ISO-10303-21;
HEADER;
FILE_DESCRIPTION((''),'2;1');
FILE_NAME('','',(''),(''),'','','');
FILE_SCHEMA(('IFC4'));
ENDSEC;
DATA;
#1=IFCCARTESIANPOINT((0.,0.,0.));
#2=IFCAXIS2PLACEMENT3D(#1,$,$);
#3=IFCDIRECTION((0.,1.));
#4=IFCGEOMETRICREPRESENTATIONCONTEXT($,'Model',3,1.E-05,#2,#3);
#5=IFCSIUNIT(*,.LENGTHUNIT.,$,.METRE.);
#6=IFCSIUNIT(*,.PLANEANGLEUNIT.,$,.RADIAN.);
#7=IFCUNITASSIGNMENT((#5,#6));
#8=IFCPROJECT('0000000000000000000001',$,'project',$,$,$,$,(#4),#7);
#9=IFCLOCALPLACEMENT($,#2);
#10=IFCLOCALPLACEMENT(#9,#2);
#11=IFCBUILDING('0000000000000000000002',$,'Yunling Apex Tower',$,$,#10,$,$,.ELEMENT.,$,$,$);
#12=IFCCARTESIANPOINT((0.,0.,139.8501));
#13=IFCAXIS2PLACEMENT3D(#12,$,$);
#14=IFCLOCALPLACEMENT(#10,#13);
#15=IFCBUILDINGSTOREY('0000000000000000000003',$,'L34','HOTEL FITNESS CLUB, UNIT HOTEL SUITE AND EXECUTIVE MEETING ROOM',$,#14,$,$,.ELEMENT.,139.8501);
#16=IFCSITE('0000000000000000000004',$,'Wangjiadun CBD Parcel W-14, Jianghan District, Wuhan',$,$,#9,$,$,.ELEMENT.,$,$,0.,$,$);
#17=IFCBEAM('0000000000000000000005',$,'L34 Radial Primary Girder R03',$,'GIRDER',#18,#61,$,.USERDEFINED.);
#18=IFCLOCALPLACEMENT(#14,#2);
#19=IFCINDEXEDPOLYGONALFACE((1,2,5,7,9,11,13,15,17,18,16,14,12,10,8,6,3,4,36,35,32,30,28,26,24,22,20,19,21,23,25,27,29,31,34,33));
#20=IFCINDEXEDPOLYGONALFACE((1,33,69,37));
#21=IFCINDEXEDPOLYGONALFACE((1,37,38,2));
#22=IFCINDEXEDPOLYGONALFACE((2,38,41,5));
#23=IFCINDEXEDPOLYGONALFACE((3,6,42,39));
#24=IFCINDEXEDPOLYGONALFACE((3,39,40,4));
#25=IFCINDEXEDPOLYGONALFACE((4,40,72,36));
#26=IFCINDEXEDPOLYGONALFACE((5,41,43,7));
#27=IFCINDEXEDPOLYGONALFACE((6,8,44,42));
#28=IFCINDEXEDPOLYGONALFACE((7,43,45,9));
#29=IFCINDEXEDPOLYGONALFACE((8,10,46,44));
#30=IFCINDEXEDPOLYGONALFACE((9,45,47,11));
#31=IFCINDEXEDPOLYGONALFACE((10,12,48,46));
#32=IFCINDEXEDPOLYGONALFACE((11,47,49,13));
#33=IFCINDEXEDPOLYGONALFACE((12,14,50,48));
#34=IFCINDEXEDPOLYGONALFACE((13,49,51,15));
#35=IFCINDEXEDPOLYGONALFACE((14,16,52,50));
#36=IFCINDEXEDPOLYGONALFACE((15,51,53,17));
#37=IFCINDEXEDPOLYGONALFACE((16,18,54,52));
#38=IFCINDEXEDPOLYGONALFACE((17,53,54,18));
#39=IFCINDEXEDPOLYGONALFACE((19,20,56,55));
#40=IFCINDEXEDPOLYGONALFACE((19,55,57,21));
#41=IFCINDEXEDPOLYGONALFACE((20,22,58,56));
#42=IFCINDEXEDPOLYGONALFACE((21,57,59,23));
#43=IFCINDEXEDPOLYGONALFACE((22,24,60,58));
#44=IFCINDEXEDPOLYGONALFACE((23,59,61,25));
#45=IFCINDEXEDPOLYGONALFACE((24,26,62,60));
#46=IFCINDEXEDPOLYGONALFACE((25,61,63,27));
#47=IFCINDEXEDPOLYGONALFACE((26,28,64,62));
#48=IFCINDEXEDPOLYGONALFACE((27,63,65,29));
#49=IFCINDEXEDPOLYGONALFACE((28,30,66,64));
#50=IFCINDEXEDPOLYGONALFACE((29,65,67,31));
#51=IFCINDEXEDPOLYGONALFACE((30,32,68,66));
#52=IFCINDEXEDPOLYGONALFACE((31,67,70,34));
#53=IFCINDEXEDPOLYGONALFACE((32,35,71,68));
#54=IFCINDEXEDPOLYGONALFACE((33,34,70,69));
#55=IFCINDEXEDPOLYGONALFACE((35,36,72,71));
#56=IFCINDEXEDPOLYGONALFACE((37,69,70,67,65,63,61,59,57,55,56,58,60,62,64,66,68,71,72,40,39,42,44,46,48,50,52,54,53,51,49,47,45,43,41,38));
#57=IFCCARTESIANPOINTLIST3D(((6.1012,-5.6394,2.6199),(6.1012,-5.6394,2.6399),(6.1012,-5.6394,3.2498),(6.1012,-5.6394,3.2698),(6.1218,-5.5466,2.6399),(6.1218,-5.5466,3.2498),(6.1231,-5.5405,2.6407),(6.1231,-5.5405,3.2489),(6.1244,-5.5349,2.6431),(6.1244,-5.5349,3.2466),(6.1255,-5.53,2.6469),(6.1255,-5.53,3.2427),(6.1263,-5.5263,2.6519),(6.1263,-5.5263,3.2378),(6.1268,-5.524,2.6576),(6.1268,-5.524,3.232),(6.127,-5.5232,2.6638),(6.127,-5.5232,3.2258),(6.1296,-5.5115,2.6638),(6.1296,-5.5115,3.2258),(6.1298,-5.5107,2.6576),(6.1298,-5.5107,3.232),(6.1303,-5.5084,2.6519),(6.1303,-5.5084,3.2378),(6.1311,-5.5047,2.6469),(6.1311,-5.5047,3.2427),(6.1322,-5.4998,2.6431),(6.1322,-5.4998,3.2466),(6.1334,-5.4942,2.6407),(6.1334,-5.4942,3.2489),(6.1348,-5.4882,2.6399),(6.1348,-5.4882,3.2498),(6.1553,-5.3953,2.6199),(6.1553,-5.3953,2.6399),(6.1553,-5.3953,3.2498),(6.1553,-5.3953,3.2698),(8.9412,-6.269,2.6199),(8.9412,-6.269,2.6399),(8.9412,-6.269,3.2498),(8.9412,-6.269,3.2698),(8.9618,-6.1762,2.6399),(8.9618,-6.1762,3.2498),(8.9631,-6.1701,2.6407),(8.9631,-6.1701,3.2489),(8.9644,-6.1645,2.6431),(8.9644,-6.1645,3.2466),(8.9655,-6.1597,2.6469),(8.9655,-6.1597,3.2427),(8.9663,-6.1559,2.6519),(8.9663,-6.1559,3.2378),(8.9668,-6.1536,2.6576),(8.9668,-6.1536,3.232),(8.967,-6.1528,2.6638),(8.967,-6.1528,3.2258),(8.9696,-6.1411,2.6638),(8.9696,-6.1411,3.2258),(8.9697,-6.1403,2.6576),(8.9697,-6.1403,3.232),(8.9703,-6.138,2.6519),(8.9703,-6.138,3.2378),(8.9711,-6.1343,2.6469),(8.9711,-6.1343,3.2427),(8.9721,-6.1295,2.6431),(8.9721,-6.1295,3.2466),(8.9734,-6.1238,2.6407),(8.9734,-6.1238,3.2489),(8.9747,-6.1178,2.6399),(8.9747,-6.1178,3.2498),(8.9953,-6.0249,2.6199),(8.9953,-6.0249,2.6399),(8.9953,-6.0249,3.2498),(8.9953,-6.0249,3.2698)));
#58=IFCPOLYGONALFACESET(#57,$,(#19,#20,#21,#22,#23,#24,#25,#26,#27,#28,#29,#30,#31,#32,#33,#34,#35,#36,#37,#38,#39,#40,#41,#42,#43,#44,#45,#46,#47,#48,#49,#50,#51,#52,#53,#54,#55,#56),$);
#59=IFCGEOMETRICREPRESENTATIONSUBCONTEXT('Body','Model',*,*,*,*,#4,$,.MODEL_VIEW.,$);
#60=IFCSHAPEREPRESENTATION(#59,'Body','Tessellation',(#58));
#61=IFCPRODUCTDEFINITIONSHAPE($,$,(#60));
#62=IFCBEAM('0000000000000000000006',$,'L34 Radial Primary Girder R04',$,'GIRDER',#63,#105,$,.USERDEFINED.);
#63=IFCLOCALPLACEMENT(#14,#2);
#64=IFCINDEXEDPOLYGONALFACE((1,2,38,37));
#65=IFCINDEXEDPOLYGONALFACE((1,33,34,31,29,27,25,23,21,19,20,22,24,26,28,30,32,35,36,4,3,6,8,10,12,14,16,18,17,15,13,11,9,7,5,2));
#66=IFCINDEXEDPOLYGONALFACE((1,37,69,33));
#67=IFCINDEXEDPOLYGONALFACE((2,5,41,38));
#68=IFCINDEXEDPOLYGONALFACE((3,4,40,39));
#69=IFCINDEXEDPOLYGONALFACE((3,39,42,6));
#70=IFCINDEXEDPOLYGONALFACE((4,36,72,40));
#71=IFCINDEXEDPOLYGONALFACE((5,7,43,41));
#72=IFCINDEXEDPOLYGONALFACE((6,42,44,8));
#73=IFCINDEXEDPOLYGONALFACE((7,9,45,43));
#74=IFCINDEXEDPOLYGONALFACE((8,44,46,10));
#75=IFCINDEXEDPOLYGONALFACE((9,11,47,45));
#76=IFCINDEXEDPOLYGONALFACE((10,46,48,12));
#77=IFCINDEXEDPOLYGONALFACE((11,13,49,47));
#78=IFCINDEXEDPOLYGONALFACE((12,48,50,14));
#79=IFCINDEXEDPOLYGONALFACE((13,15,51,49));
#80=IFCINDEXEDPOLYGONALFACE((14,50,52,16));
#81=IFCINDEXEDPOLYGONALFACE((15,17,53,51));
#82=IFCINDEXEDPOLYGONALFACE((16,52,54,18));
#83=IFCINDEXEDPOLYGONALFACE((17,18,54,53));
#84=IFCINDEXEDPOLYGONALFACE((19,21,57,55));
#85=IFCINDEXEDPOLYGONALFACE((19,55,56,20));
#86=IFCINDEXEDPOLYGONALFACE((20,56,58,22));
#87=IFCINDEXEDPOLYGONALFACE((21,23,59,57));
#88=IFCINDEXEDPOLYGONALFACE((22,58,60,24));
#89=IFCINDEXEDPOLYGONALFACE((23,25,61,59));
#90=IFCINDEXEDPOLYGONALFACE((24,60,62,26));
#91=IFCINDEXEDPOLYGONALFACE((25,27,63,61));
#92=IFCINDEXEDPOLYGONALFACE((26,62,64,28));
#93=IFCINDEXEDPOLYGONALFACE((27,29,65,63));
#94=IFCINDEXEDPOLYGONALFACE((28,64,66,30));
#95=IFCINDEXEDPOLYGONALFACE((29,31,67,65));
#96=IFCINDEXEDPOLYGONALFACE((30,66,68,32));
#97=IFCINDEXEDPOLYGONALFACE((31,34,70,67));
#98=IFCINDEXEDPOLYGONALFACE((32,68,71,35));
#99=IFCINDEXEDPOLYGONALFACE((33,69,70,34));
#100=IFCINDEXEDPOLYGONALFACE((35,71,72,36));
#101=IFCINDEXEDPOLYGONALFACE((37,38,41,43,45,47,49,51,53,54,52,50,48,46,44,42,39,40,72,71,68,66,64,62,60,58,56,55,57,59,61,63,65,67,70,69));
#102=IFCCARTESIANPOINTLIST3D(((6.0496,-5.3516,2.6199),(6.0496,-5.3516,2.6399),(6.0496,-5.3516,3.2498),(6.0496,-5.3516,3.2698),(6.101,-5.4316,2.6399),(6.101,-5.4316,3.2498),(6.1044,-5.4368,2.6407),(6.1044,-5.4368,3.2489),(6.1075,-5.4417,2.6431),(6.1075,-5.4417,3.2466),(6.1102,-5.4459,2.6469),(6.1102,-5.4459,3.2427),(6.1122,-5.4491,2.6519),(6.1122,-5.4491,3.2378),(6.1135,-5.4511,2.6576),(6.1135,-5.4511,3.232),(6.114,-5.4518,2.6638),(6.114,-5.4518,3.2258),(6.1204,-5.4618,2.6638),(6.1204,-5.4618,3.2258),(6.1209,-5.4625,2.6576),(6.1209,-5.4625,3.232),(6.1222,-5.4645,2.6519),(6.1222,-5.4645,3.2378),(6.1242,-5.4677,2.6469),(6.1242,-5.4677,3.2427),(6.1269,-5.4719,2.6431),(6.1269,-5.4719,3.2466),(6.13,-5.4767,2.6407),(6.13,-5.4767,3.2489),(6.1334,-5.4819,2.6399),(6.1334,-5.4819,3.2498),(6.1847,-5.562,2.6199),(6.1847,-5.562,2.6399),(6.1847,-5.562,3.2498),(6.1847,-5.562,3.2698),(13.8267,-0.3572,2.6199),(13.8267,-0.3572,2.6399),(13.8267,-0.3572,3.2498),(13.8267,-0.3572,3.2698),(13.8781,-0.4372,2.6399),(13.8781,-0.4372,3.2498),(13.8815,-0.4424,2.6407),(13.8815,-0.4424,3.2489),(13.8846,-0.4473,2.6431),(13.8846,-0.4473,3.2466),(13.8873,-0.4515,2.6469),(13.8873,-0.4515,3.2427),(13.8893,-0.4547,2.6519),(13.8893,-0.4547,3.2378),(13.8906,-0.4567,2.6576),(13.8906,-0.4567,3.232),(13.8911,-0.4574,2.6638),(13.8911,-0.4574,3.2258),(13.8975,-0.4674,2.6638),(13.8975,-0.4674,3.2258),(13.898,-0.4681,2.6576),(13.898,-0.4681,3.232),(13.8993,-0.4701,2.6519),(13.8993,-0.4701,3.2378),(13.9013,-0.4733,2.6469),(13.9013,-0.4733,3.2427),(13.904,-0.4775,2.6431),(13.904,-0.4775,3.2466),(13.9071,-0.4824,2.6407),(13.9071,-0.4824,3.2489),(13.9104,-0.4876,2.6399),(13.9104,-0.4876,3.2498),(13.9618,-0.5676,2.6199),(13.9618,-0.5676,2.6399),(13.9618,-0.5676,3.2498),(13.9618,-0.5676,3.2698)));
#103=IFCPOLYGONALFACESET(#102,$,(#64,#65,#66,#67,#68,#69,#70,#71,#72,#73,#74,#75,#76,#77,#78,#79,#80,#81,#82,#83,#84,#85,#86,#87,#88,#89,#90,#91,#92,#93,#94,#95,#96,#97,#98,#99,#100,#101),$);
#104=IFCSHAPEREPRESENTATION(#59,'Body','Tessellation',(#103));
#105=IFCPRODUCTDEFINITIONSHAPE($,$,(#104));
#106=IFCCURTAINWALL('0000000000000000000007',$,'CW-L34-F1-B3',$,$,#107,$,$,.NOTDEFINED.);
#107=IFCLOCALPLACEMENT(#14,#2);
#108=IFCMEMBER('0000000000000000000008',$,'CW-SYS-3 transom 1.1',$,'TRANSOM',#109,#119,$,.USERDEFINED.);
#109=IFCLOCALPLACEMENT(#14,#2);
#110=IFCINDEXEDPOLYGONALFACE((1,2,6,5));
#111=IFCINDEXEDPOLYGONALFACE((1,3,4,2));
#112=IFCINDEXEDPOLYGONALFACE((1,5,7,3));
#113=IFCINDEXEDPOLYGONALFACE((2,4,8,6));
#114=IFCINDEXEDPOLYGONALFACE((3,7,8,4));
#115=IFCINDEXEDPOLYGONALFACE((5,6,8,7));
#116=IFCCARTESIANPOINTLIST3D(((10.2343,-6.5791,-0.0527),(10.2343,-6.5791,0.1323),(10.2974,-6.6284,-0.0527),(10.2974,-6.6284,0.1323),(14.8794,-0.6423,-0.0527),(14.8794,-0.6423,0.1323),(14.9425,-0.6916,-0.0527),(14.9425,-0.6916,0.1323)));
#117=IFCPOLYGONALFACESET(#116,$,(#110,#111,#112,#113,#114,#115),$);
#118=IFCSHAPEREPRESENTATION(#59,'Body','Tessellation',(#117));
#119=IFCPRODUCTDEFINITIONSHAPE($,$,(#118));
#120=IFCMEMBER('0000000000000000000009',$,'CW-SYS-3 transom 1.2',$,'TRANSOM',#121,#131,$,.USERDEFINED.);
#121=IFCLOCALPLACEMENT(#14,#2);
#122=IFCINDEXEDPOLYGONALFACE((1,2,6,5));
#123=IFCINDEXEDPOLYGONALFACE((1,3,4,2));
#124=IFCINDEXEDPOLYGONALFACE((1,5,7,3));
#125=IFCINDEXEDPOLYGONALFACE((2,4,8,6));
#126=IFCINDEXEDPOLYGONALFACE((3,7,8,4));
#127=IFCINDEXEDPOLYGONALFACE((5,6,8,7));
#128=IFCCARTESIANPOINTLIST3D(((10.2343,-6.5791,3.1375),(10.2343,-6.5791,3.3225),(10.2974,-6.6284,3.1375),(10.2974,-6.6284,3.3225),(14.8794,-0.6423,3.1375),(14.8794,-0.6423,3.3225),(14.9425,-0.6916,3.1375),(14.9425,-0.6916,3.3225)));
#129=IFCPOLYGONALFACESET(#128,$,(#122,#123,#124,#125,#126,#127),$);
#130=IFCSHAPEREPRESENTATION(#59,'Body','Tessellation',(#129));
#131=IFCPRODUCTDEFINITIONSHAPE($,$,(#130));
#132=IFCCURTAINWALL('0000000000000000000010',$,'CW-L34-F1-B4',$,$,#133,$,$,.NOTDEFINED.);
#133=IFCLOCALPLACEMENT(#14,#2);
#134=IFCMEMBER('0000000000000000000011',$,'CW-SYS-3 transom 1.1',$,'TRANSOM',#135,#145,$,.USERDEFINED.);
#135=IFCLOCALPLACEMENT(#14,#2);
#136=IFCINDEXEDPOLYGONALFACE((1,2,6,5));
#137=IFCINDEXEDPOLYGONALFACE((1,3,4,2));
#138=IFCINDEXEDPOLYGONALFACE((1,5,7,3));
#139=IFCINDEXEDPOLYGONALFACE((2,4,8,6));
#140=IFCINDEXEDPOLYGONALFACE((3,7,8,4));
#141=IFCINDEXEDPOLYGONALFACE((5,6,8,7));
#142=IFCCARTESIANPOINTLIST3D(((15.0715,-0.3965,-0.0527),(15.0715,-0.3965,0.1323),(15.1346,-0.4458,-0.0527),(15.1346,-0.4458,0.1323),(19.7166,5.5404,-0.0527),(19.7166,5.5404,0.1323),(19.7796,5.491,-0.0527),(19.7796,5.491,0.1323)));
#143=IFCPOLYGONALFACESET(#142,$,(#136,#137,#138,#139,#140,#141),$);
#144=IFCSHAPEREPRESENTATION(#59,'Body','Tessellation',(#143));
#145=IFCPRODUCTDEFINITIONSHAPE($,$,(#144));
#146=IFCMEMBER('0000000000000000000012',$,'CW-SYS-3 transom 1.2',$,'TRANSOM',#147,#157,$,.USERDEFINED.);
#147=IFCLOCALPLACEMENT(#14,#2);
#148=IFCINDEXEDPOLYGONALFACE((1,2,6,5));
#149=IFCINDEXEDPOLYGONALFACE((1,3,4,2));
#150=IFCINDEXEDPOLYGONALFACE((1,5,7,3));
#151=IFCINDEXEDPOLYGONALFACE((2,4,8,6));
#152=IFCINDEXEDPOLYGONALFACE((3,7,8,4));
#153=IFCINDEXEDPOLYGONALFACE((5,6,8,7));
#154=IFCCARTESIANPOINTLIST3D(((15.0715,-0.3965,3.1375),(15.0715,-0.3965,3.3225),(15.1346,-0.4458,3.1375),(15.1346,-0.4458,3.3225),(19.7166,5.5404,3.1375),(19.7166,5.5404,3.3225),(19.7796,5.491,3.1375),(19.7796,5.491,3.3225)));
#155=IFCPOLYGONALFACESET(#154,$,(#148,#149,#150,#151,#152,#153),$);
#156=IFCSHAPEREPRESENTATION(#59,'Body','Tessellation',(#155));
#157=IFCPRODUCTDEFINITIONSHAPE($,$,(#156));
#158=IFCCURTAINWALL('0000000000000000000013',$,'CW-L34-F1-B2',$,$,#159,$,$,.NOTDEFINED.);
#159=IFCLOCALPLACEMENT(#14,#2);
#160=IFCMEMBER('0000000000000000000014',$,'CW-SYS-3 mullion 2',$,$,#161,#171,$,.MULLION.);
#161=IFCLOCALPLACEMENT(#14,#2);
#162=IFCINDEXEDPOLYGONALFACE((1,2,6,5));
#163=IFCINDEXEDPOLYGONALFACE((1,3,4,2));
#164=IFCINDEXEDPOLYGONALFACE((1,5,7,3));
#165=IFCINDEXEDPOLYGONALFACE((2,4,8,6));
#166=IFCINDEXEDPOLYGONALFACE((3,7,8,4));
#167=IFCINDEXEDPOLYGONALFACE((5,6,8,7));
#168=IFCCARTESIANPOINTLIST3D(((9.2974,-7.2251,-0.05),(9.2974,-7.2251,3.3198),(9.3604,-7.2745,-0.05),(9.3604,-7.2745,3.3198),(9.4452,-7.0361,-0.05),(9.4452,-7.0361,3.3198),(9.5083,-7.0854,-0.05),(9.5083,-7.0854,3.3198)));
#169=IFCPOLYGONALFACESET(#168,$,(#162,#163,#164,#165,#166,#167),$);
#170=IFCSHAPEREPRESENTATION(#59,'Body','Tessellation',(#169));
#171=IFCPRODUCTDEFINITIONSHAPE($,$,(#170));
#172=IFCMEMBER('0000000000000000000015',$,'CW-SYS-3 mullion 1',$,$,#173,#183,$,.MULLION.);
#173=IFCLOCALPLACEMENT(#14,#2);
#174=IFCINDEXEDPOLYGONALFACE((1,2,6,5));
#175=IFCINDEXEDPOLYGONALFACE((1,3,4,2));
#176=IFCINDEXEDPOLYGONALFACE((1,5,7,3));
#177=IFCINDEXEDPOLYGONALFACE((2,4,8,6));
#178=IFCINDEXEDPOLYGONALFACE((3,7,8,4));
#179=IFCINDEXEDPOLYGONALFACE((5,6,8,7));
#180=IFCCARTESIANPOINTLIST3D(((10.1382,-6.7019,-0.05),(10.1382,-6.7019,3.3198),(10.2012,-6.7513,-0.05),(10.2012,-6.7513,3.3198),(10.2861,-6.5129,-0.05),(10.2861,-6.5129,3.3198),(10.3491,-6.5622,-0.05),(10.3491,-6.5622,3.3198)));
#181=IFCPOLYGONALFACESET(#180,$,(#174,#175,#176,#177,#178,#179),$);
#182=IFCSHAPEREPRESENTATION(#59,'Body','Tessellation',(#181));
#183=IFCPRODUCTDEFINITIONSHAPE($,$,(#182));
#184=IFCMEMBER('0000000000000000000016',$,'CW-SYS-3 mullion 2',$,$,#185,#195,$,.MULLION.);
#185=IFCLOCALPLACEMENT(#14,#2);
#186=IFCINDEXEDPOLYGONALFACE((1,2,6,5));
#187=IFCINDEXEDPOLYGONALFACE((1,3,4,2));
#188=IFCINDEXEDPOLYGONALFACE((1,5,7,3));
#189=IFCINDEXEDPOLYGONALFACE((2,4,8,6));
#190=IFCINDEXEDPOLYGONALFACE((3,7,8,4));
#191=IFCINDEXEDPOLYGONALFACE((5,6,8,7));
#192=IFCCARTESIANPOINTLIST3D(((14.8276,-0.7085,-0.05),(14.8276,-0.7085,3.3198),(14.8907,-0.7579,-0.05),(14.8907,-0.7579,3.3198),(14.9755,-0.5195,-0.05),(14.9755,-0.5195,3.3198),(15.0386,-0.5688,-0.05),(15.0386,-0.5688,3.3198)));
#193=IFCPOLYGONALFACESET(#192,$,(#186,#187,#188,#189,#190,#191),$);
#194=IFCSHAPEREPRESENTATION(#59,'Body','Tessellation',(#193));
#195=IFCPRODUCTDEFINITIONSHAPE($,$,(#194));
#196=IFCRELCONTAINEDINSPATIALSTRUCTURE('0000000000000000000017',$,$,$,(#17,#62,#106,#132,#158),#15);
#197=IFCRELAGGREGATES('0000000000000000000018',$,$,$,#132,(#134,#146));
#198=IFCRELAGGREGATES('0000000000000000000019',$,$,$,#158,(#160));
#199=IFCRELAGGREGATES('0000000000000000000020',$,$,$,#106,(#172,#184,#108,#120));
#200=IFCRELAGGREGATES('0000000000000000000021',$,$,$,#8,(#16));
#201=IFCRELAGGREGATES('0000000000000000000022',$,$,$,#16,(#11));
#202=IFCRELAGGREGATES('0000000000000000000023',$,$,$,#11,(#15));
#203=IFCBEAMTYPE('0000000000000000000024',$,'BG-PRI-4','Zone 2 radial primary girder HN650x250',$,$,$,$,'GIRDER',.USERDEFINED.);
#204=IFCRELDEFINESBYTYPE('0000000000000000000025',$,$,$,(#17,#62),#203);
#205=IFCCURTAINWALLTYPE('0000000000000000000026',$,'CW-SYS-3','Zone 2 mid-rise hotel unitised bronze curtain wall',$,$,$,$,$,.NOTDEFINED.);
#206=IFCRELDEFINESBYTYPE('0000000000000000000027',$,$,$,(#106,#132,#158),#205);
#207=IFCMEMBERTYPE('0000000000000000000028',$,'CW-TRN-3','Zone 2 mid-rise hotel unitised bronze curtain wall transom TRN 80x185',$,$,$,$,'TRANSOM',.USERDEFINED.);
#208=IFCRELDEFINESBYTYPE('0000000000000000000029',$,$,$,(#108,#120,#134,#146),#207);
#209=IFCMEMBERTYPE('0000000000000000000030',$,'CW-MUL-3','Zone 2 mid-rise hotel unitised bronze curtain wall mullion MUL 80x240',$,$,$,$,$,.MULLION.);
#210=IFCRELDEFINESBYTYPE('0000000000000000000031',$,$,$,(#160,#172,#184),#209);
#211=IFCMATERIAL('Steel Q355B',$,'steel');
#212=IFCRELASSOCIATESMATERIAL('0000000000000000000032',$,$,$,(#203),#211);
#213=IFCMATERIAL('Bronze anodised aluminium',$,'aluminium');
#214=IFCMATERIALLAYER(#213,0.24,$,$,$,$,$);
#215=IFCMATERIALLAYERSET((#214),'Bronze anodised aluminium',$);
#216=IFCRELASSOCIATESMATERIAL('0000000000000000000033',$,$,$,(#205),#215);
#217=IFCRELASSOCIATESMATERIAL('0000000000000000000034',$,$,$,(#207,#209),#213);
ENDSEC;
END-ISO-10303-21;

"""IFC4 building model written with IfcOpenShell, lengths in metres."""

from ifc_helpers import new_model, si_unit, direction, frame, origin, origin_2d, place, context, subcontext, project, spatial, rectangle, i_section, extrude, source, transform, mapped, material, layer, layer_set, material_profile, profile_set, type_object, element, aggregate, save


model = new_model("IFC4")

# Units and contexts
model_context = context("Model", 3, precision=1e-05, world=origin(), true_north=direction((0.0, 1.0)))
body_context = subcontext(model_context, "Body", "Model", "MODEL_VIEW")
ifc_project = project(units=[si_unit("LENGTHUNIT", "METRE"), si_unit("PLANEANGLEUNIT", "RADIAN")], contexts=[model_context])

# Site, building, storey
site_placement = place(None, origin())
site = spatial("IfcSite", under=ifc_project, at=site_placement, Name="Wangjiadun CBD Parcel W-14, Jianghan District, Wuhan", CompositionType="ELEMENT", RefElevation=0.0)
building_placement = place(site_placement, origin())
building = spatial("IfcBuilding", under=site, at=building_placement, Name="Yunling Apex Tower", CompositionType="ELEMENT")
storey_placement = place(building_placement, frame((0.0, 0.0, 139.8501)))
storey = spatial("IfcBuildingStorey", under=building, at=storey_placement, Name="L34", Description="HOTEL FITNESS CLUB, UNIT HOTEL SUITE AND EXECUTIVE MEETING ROOM", CompositionType="ELEMENT", Elevation=139.8501)

# Beams
ifc_material_1 = material(Name="Steel Q355B", Category="steel")
ifc_material_profile_1 = material_profile(ifc_material_1, i_section(OverallWidth=0.25, OverallDepth=0.6499, WebThickness=0.012, FlangeThickness=0.02, FilletRadius=0.0239, at=origin_2d()))
ifc_profile_set_1 = profile_set([ifc_material_profile_1], Name="Steel Q355B")
beam_type_1 = type_object("IfcBeamType", Name="BG-PRI-4", Description="Zone 2 radial primary girder HN650x250", ElementType="GIRDER", PredefinedType="USERDEFINED", material=ifc_profile_set_1)
shared_shape_1 = source(origin(), body_context, "Body", "SweptSolid", [
    extrude(i_section(OverallWidth=0.25, OverallDepth=0.6499, WebThickness=0.012, FlangeThickness=0.02, FilletRadius=0.0239, at=origin_2d()), origin(), (0.0, 0.0, 1.0), 2.9089),
])
beam_1_placement = place(storey_placement, frame((8.9683, -6.147, 2.9448), z_axis=(-0.976296, 0.216442, 0.0), x_axis=(-0.216442, -0.976296, 0.0)))
element("IfcBeam", 1, at=beam_1_placement, inside=storey, type_object=beam_type_1, Name="L34 Radial Primary Girder R03", ObjectType="GIRDER", PredefinedType="USERDEFINED", context=body_context, shape_type="MappedRepresentation", body=[
    mapped(shared_shape_1, transform((0.0, 0.0, 0.0), scale=1.0)),
])
shared_shape_2 = source(origin(), body_context, "Body", "SweptSolid", [
    extrude(i_section(OverallWidth=0.25, OverallDepth=0.6499, WebThickness=0.012, FlangeThickness=0.02, FilletRadius=0.0239, at=origin_2d()), origin(), (0.0, 0.0, 1.0), 9.2427),
])
beam_2_placement = place(storey_placement, frame((13.8943, -0.4624, 2.9448), z_axis=(-0.841433, -0.540361, 0.0), x_axis=(0.540361, -0.841433, 0.0)))
element("IfcBeam", 2, at=beam_2_placement, inside=storey, type_object=beam_type_1, Name="L34 Radial Primary Girder R04", ObjectType="GIRDER", PredefinedType="USERDEFINED", context=body_context, shape_type="MappedRepresentation", body=[
    mapped(shared_shape_2, transform((0.0, 0.0, 0.0), scale=1.0)),
])

# Curtain walls, members
ifc_material_2 = material(Name="Bronze anodised aluminium", Category="aluminium")
ifc_layer_1 = layer(ifc_material_2, 0.24)
ifc_layer_set_1 = layer_set([ifc_layer_1], Name="Bronze anodised aluminium")
curtain_wall_type = type_object("IfcCurtainWallType", Name="CW-SYS-3", Description="Zone 2 mid-rise hotel unitised bronze curtain wall", PredefinedType="NOTDEFINED", material=ifc_layer_set_1)
curtain_wall_1_placement = place(storey_placement, origin())
curtain_wall_1 = element("IfcCurtainWall", 3, at=curtain_wall_1_placement, inside=storey, type_object=curtain_wall_type, Name="CW-L34-F1-B3", PredefinedType="NOTDEFINED")
ifc_material_profile_2 = material_profile(ifc_material_2, rectangle(XDim=0.0801, YDim=0.1851, at=origin_2d()))
ifc_profile_set_2 = profile_set([ifc_material_profile_2], Name="Bronze anodised aluminium")
member_type_1 = type_object("IfcMemberType", Name="CW-TRN-3", Description="Zone 2 mid-rise hotel unitised bronze curtain wall transom TRN 80x185", ElementType="TRANSOM", PredefinedType="USERDEFINED", material=ifc_profile_set_2)
shared_shape_3 = source(origin(), body_context, "Body", "SweptSolid", [
    extrude(rectangle(XDim=0.0801, YDim=0.1851, at=origin_2d()), origin(), (0.0, 0.0, 1.0), 7.5381),
])
member_1_placement = place(storey_placement, frame((10.2659, -6.6038, 0.0398), z_axis=(0.616214, 0.787579, 0.0), x_axis=(-0.787579, 0.616214, 0.0)))
member_1 = element("IfcMember", 4, at=member_1_placement, type_object=member_type_1, Name="CW-SYS-3 transom 1.1", ObjectType="TRANSOM", PredefinedType="USERDEFINED", context=body_context, shape_type="MappedRepresentation", body=[
    mapped(shared_shape_3, transform((0.0, 0.0, 0.0), scale=1.0)),
])
member_2_placement = place(storey_placement, frame((10.2659, -6.6038, 3.23), z_axis=(0.616214, 0.787579, 0.0), x_axis=(-0.787579, 0.616214, 0.0)))
member_2 = element("IfcMember", 5, at=member_2_placement, type_object=member_type_1, Name="CW-SYS-3 transom 1.2", ObjectType="TRANSOM", PredefinedType="USERDEFINED", context=body_context, shape_type="MappedRepresentation", body=[
    mapped(shared_shape_3, transform((0.0, 0.0, 0.0), scale=1.0)),
])
curtain_wall_2_placement = place(storey_placement, origin())
curtain_wall_2 = element("IfcCurtainWall", 6, at=curtain_wall_2_placement, inside=storey, type_object=curtain_wall_type, Name="CW-L34-F1-B4", PredefinedType="NOTDEFINED")
member_3_placement = place(storey_placement, frame((15.103, -0.4211, 0.0398), z_axis=(0.616214, 0.787579, 0.0), x_axis=(-0.787579, 0.616214, 0.0)))
member_3 = element("IfcMember", 7, at=member_3_placement, type_object=member_type_1, Name="CW-SYS-3 transom 1.1", ObjectType="TRANSOM", PredefinedType="USERDEFINED", context=body_context, shape_type="MappedRepresentation", body=[
    mapped(shared_shape_3, transform((0.0, 0.0, 0.0), scale=1.0)),
])
member_4_placement = place(storey_placement, frame((15.103, -0.4211, 3.23), z_axis=(0.616214, 0.787579, 0.0), x_axis=(-0.787579, 0.616214, 0.0)))
member_4 = element("IfcMember", 8, at=member_4_placement, type_object=member_type_1, Name="CW-SYS-3 transom 1.2", ObjectType="TRANSOM", PredefinedType="USERDEFINED", context=body_context, shape_type="MappedRepresentation", body=[
    mapped(shared_shape_3, transform((0.0, 0.0, 0.0), scale=1.0)),
])

# Curtain wall, member
curtain_wall_3_placement = place(storey_placement, origin())
curtain_wall_3 = element("IfcCurtainWall", 9, at=curtain_wall_3_placement, inside=storey, type_object=curtain_wall_type, Name="CW-L34-F1-B2", PredefinedType="NOTDEFINED")
ifc_material_profile_3 = material_profile(ifc_material_2, rectangle(XDim=0.0801, YDim=0.24, at=origin_2d()))
ifc_profile_set_3 = profile_set([ifc_material_profile_3], Name="Bronze anodised aluminium")
member_type_2 = type_object("IfcMemberType", Name="CW-MUL-3", Description="Zone 2 mid-rise hotel unitised bronze curtain wall mullion MUL 80x240", PredefinedType="MULLION", material=ifc_profile_set_3)
shared_shape_4 = source(origin(), body_context, "Body", "SweptSolid", [
    extrude(rectangle(XDim=0.0801, YDim=0.24, at=origin_2d()), origin(), (0.0, 0.0, 1.0), 3.3699),
])
member_5_placement = place(storey_placement, frame((9.4028, -7.1553, -0.05), z_axis=(0.0, 0.0, 1.0), x_axis=(-0.78759, 0.616199, 0.0)))
member_5 = element("IfcMember", 10, at=member_5_placement, type_object=member_type_2, Name="CW-SYS-3 mullion 2", PredefinedType="MULLION", context=body_context, shape_type="MappedRepresentation", body=[
    mapped(shared_shape_4, transform((0.0, 0.0, 0.0), scale=1.0)),
])

# Members
member_6_placement = place(storey_placement, frame((10.2437, -6.6321, -0.05), z_axis=(0.0, 0.0, 1.0), x_axis=(-0.787584, 0.616208, 0.0)))
member_6 = element("IfcMember", 11, at=member_6_placement, type_object=member_type_2, Name="CW-SYS-3 mullion 1", PredefinedType="MULLION", context=body_context, shape_type="MappedRepresentation", body=[
    mapped(shared_shape_4, transform((0.0, 0.0, 0.0), scale=1.0)),
])
member_7_placement = place(storey_placement, frame((14.9331, -0.6387, -0.05), z_axis=(0.0, 0.0, 1.0), x_axis=(-0.787584, 0.616208, 0.0)))
member_7 = element("IfcMember", 12, at=member_7_placement, type_object=member_type_2, Name="CW-SYS-3 mullion 2", PredefinedType="MULLION", context=body_context, shape_type="MappedRepresentation", body=[
    mapped(shared_shape_4, transform((0.0, 0.0, 0.0), scale=1.0)),
])
aggregate(curtain_wall_2, [member_3, member_4])

aggregate(curtain_wall_3, [member_5])
aggregate(curtain_wall_1, [member_6, member_7, member_1, member_2])

save(model, "model.ifc")
